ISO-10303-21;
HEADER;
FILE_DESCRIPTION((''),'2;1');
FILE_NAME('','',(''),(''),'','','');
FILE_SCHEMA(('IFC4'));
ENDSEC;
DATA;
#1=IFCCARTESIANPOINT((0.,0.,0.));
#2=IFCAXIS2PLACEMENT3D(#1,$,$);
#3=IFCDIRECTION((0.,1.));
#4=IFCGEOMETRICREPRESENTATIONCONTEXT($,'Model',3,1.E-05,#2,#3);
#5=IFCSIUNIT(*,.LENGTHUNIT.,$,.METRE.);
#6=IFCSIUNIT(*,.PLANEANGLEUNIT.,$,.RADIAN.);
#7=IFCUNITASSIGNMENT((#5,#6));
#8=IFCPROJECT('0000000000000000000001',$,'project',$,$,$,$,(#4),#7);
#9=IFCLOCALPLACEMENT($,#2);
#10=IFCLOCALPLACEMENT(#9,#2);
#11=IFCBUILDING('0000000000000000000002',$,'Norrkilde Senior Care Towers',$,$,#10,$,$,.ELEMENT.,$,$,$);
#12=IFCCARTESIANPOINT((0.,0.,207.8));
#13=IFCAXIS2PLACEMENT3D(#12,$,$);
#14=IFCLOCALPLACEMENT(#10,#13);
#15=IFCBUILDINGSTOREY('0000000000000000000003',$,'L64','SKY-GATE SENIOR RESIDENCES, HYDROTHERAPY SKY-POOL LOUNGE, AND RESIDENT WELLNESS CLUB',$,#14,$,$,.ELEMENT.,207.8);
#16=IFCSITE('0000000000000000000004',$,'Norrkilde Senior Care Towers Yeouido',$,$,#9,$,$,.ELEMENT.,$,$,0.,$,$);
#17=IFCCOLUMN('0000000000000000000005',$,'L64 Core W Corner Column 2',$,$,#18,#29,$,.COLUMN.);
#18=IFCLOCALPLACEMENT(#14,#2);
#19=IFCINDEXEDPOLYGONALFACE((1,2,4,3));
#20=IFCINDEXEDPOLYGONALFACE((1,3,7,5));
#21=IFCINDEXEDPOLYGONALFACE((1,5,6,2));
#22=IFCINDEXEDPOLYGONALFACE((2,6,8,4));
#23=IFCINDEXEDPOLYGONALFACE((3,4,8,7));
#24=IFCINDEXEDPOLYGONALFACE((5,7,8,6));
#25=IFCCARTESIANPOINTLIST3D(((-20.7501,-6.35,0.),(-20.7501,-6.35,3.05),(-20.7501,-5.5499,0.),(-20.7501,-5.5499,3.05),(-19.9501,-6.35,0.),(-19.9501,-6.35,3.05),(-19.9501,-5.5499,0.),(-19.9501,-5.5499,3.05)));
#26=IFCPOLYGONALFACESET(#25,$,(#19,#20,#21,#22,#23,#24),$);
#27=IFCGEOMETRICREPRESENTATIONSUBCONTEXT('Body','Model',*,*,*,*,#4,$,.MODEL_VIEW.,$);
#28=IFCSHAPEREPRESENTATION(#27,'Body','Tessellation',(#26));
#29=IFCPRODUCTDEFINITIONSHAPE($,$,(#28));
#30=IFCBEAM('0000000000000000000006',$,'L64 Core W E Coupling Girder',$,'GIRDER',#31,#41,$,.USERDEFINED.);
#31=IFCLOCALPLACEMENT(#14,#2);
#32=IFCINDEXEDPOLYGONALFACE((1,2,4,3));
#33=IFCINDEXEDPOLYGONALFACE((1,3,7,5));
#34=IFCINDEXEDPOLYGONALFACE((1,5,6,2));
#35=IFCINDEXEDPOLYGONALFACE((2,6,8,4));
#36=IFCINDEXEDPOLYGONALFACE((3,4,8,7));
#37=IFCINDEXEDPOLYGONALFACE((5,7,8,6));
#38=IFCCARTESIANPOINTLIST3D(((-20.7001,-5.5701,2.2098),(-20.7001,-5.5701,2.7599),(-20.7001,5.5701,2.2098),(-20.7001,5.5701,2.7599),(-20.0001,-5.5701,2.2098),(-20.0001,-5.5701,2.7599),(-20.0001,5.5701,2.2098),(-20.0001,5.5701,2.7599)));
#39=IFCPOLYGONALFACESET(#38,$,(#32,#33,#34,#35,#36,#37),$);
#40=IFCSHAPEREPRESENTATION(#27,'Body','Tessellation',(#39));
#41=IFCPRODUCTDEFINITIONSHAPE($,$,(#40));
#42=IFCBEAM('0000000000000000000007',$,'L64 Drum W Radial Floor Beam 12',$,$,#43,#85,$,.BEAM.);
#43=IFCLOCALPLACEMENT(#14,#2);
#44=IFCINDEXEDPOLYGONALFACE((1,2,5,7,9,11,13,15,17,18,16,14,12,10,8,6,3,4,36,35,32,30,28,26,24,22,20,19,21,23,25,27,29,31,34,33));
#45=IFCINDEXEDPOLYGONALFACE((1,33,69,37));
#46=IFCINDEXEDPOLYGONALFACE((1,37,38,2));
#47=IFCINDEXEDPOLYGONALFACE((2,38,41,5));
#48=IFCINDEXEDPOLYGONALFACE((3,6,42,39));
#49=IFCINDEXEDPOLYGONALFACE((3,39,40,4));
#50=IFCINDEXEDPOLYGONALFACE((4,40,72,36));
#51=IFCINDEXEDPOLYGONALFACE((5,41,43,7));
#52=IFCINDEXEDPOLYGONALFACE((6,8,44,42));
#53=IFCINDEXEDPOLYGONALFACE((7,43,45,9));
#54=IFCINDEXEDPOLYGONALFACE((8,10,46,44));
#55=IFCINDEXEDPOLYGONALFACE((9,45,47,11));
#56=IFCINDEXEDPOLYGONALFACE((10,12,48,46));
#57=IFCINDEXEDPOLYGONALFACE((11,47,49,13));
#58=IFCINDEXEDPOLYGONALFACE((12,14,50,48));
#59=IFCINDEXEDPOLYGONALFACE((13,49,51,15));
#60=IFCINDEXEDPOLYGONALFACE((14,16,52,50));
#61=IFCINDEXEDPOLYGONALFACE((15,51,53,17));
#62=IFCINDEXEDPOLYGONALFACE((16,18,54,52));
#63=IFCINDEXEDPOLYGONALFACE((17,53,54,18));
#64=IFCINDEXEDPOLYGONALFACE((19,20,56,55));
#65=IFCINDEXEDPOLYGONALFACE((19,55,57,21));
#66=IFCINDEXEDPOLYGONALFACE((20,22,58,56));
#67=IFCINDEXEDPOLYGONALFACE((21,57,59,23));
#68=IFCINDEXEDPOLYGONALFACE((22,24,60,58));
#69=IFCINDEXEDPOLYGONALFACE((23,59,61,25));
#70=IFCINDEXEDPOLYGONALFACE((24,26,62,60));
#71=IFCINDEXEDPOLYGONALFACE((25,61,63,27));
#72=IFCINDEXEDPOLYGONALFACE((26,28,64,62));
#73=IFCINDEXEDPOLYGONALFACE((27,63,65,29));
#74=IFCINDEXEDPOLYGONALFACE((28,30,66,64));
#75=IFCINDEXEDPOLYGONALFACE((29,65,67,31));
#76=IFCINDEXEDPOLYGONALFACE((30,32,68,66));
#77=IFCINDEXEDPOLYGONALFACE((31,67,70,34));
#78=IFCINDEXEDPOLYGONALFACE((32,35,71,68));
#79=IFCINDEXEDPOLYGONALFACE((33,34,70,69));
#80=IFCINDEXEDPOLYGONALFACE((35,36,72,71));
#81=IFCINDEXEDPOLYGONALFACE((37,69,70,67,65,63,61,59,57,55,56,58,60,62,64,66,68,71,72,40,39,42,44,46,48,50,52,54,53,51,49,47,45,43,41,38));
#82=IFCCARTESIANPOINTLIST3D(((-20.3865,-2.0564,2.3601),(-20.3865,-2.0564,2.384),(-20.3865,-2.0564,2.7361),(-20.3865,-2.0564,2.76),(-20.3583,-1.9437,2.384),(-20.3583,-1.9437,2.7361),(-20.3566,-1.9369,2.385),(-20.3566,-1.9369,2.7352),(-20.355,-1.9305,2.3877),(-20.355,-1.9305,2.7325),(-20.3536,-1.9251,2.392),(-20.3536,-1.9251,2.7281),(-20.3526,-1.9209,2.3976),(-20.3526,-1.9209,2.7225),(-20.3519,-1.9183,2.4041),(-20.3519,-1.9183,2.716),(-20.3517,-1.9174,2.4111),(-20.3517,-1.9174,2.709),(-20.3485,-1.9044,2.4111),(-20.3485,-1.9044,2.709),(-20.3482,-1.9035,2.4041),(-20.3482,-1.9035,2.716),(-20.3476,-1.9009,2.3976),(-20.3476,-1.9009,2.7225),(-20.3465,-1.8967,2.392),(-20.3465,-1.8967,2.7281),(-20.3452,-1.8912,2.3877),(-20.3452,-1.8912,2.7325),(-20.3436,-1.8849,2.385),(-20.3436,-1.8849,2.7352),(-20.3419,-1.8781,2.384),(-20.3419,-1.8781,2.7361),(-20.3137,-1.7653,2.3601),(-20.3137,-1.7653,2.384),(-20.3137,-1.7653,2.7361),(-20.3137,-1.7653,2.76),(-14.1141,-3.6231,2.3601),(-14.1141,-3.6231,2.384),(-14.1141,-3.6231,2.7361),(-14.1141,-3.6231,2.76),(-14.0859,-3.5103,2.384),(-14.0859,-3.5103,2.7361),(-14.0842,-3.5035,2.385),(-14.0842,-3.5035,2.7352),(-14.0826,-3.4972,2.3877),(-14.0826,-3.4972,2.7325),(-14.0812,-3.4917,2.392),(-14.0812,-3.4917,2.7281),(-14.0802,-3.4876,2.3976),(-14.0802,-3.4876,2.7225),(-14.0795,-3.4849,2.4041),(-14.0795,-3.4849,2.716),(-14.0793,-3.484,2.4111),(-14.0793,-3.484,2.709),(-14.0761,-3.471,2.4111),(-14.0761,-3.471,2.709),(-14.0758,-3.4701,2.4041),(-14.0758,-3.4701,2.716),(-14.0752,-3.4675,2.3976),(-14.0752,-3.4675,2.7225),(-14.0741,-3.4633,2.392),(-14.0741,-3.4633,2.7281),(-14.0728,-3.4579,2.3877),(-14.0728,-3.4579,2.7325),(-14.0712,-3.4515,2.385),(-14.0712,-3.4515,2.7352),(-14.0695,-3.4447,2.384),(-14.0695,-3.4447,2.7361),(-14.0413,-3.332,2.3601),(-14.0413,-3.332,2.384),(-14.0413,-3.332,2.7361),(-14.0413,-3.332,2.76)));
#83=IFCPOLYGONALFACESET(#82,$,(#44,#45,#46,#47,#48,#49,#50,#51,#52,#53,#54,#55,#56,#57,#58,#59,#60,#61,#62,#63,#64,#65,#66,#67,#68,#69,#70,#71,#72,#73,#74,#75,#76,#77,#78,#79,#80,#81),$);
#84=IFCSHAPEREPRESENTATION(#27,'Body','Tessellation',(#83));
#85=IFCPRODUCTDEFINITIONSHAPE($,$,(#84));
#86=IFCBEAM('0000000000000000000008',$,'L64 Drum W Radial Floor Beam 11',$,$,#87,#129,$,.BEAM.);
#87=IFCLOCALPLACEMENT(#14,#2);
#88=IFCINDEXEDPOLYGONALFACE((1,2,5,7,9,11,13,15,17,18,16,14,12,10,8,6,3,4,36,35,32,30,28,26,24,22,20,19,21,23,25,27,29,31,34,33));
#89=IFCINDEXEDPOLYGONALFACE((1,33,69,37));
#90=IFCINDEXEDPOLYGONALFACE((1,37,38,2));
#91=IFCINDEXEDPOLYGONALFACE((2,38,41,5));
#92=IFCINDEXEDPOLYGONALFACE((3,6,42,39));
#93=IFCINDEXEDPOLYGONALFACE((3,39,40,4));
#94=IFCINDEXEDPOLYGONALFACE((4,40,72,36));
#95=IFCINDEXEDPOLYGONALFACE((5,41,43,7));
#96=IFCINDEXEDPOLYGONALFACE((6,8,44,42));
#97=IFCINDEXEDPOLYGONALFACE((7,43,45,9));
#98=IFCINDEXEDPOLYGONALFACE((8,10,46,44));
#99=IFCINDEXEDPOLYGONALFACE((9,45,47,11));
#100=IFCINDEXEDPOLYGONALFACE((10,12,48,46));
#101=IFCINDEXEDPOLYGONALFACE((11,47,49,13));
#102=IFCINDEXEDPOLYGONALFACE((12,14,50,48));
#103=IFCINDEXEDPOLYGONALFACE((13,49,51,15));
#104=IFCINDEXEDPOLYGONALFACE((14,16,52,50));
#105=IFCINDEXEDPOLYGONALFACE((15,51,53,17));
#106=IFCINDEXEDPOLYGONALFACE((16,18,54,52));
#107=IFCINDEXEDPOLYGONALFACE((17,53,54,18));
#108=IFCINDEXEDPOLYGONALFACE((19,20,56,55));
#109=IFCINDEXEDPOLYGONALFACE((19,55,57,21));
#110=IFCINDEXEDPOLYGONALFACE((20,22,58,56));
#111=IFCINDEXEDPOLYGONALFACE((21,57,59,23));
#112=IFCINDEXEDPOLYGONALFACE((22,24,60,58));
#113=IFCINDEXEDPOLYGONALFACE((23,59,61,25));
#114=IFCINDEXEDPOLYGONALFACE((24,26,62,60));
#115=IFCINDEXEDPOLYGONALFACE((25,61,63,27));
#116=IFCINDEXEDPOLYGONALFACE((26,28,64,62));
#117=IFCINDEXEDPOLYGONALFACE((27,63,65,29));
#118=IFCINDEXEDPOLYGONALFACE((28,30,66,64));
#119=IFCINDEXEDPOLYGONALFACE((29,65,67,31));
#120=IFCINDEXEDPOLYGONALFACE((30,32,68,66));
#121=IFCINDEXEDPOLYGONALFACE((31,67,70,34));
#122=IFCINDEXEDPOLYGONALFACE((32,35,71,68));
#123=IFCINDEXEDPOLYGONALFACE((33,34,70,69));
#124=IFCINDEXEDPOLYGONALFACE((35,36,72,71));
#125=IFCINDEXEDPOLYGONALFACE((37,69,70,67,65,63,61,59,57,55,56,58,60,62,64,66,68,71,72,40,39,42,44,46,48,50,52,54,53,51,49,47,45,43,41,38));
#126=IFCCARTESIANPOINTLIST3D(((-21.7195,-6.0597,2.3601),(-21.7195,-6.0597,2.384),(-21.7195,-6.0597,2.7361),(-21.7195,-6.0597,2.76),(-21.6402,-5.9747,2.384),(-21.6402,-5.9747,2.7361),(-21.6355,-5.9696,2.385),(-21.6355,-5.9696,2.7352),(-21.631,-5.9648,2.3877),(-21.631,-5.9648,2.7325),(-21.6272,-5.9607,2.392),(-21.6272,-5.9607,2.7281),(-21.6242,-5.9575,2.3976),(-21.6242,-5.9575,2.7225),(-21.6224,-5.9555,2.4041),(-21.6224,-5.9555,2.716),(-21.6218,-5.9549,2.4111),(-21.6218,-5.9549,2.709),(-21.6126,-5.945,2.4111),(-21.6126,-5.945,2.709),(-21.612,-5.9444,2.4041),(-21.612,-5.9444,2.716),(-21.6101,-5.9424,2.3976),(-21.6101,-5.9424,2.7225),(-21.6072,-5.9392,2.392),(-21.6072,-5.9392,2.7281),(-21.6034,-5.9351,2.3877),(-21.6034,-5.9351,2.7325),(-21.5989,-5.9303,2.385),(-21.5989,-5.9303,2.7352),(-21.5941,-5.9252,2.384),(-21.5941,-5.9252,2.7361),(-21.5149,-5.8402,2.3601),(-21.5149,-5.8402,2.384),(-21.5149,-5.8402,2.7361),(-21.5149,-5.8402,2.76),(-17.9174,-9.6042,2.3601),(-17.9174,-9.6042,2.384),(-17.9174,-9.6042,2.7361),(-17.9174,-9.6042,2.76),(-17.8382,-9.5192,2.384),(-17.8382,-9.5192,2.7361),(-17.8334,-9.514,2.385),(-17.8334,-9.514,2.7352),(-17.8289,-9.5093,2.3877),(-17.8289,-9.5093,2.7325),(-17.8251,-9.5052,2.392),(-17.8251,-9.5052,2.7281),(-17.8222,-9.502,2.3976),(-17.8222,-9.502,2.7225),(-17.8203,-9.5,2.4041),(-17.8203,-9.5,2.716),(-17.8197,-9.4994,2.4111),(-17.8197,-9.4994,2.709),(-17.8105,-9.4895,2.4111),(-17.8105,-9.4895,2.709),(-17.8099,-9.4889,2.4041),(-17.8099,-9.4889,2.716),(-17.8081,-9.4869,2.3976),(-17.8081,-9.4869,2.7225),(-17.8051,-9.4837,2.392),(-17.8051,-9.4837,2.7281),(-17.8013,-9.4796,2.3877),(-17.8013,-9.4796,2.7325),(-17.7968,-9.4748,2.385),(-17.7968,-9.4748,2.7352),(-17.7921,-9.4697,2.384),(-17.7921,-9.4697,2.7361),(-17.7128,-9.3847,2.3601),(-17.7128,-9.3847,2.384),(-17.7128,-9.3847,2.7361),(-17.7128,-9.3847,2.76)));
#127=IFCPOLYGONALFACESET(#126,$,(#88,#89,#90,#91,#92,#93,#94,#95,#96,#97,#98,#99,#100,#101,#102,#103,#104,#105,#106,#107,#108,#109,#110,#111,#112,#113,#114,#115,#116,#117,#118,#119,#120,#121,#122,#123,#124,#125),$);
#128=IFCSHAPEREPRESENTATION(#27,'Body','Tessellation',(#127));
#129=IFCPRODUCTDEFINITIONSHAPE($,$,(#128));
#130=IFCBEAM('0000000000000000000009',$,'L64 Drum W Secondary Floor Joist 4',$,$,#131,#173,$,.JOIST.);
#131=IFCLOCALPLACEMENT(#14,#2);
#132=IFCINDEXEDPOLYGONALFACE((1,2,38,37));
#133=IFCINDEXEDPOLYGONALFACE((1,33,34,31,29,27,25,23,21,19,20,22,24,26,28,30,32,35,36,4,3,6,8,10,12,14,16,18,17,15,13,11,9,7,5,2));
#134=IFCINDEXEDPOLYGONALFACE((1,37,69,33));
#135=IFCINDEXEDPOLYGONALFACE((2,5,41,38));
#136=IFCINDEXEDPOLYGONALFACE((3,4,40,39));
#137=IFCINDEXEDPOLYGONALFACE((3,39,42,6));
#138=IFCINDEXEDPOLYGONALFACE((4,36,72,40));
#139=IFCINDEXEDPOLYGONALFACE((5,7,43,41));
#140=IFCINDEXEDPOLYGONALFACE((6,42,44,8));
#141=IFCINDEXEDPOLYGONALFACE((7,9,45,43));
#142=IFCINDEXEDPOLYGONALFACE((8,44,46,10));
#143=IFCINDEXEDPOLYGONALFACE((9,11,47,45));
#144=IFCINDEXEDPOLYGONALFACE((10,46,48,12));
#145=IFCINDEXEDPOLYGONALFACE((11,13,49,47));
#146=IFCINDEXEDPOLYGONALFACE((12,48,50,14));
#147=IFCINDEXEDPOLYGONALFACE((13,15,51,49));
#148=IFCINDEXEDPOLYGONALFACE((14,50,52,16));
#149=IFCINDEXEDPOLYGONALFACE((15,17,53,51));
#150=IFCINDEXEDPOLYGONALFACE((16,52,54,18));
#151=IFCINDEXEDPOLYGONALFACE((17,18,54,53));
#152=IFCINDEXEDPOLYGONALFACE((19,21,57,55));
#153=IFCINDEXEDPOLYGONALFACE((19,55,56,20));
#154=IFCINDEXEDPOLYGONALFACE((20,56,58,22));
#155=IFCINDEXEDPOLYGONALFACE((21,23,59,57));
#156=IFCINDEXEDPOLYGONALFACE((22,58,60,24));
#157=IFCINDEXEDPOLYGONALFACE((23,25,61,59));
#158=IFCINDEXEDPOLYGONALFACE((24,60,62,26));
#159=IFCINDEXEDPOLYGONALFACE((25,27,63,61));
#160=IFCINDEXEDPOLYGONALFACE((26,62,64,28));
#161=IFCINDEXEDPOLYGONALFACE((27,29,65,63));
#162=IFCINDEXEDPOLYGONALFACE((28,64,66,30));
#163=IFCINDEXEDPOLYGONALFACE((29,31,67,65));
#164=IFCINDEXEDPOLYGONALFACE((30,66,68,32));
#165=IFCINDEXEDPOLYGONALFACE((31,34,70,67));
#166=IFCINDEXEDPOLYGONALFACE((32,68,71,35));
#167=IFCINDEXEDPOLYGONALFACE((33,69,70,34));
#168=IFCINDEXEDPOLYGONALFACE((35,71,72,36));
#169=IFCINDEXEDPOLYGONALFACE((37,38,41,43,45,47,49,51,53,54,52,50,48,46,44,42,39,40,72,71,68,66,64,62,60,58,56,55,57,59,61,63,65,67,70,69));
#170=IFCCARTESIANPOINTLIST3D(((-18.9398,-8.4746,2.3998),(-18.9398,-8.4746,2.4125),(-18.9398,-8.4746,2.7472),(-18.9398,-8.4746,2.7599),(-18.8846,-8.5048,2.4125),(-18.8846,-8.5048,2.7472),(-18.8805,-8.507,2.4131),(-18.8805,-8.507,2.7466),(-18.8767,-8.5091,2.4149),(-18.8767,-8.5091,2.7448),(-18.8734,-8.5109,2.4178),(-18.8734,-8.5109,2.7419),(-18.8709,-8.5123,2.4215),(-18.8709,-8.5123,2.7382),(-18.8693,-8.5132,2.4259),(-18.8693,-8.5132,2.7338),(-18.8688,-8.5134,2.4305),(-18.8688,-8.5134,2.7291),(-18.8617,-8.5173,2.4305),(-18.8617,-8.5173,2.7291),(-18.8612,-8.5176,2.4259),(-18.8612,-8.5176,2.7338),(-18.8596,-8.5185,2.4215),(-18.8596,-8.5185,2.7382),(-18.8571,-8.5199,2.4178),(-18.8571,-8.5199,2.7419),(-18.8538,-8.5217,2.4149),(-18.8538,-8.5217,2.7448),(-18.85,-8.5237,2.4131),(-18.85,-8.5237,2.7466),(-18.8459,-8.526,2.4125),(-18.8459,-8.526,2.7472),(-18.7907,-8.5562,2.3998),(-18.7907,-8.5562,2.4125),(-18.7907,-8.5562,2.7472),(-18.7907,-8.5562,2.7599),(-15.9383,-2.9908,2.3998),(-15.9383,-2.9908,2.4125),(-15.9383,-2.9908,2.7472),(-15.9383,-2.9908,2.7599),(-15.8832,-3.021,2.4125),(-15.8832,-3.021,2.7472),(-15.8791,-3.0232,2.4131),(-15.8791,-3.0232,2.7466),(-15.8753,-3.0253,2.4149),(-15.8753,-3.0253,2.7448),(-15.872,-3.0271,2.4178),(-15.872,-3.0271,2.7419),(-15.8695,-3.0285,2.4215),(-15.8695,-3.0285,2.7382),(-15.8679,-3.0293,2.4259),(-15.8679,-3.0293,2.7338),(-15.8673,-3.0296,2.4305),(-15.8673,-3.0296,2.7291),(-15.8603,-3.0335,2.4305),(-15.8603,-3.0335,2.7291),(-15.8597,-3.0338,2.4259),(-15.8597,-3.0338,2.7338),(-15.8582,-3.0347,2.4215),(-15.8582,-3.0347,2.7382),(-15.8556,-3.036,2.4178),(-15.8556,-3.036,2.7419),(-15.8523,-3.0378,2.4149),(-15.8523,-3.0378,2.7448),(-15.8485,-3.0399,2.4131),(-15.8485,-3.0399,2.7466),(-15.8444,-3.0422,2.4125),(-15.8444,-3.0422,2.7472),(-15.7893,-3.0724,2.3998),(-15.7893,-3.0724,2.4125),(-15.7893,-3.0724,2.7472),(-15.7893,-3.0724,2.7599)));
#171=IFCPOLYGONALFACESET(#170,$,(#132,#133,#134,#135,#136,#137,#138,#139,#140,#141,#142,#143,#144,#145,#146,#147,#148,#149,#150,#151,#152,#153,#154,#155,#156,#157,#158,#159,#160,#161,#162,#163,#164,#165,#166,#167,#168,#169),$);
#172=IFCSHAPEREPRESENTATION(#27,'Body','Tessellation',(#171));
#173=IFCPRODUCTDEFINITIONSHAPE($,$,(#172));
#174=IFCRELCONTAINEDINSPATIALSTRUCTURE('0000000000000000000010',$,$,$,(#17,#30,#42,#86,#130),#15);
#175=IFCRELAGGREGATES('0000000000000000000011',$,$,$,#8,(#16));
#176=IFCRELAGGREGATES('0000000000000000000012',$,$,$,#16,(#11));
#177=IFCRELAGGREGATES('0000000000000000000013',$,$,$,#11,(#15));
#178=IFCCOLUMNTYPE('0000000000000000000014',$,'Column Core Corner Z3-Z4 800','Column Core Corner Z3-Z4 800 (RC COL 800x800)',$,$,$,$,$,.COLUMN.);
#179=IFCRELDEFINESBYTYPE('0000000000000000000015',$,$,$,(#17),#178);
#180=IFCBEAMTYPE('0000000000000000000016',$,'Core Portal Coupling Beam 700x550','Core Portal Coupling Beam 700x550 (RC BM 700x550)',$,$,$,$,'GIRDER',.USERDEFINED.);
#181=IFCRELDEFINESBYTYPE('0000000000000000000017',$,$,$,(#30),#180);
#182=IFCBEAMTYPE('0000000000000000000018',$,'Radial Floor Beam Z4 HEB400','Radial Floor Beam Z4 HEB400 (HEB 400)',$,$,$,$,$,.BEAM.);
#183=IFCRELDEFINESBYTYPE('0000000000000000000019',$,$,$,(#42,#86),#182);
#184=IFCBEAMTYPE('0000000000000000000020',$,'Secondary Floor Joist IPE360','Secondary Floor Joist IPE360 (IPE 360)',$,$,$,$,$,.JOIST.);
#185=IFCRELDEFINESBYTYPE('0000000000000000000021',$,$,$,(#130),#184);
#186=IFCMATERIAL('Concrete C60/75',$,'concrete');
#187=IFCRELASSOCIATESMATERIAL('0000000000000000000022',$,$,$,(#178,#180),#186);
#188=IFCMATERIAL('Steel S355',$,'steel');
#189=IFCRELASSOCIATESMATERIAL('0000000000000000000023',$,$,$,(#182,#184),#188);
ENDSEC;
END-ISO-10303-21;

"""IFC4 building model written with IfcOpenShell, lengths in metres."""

from ifc_helpers import new_model, si_unit, direction, frame, origin, origin_2d, place, context, subcontext, project, spatial, rectangle, i_section, extrude, source, transform, mapped, material, material_profile, profile_set, type_object, type_shapes, element, save


model = new_model("IFC4")

# Units and contexts
model_context = context("Model", 3, precision=1e-05, world=origin(), true_north=direction((0.0, 1.0)))
body_context = subcontext(model_context, "Body", "Model", "MODEL_VIEW")
ifc_project = project(units=[si_unit("LENGTHUNIT", "METRE"), si_unit("PLANEANGLEUNIT", "RADIAN")], contexts=[model_context])

# Site, building, storey
site_placement = place(None, origin())
site = spatial("IfcSite", under=ifc_project, at=site_placement, Name="Norrkilde Senior Care Towers Yeouido", CompositionType="ELEMENT", RefElevation=0.0)
building_placement = place(site_placement, origin())
building = spatial("IfcBuilding", under=site, at=building_placement, Name="Norrkilde Senior Care Towers", CompositionType="ELEMENT")
storey_placement = place(building_placement, frame((0.0, 0.0, 207.8)))
storey = spatial("IfcBuildingStorey", under=building, at=storey_placement, Name="L64", Description="SKY-GATE SENIOR RESIDENCES, HYDROTHERAPY SKY-POOL LOUNGE, AND RESIDENT WELLNESS CLUB", CompositionType="ELEMENT", Elevation=207.8)

# Column
ifc_material_1 = material(Name="Concrete C60/75", Category="concrete")
ifc_material_profile_1 = material_profile(ifc_material_1, rectangle(XDim=0.8, YDim=0.8, at=origin_2d()), Name="RC COL 800x800")
ifc_profile_set_1 = profile_set([ifc_material_profile_1], Name="Concrete C60/75")
column_type = type_object("IfcColumnType", Name="Column Core Corner Z3-Z4 800", Description="Column Core Corner Z3-Z4 800 (RC COL 800x800)", PredefinedType="COLUMN", material=ifc_profile_set_1)
shared_shape_1 = source(origin(), body_context, "Body", "SweptSolid", [
    extrude(rectangle(XDim=0.8, YDim=0.8, at=origin_2d()), origin(), (0.0, 0.0, 1.0), 3.05),
])
type_shapes(column_type, [shared_shape_1])
column_placement = place(storey_placement, frame((-20.3501, -5.95, 0.0), z_axis=(0.0, 0.0, 1.0), x_axis=(1.0, 0.0, 0.0)))
element("IfcColumn", 1, at=column_placement, inside=storey, type_object=column_type, Name="L64 Core W Corner Column 2", PredefinedType="COLUMN", context=body_context, shape_type="MappedRepresentation", body=[
    mapped(shared_shape_1, transform((0.0, 0.0, 0.0), x_axis=(1.0, 0.0, 0.0), y_axis=(0.0, 1.0, 0.0), z_axis=(0.0, 0.0, 1.0), scale=1.0)),
])

# Beams
ifc_material_profile_2 = material_profile(ifc_material_1, rectangle(XDim=0.7, YDim=0.55, at=origin_2d()), Name="RC BM 700x550")
ifc_profile_set_2 = profile_set([ifc_material_profile_2], Name="Concrete C60/75")
beam_type_1 = type_object("IfcBeamType", Name="Core Portal Coupling Beam 700x550", Description="Core Portal Coupling Beam 700x550 (RC BM 700x550)", ElementType="GIRDER", PredefinedType="USERDEFINED", material=ifc_profile_set_2)
shared_shape_2 = source(origin(), body_context, "Body", "SweptSolid", [
    extrude(rectangle(XDim=0.7, YDim=0.55, at=origin_2d()), origin(), (0.0, 0.0, 1.0), 11.1401),
])
type_shapes(beam_type_1, [shared_shape_2])
beam_1_placement = place(storey_placement, frame((-20.3501, -5.5701, 2.4849), z_axis=(0.0, 1.0, 0.0), x_axis=(-1.0, 0.0, 0.0)))
element("IfcBeam", 2, at=beam_1_placement, inside=storey, type_object=beam_type_1, Name="L64 Core W E Coupling Girder", ObjectType="GIRDER", PredefinedType="USERDEFINED", context=body_context, shape_type="MappedRepresentation", body=[
    mapped(shared_shape_2, transform((0.0, 0.0, 0.0), x_axis=(1.0, 0.0, 0.0), y_axis=(0.0, 1.0, 0.0), z_axis=(0.0, 0.0, 1.0), scale=1.0)),
])
ifc_material_2 = material(Name="Steel S355", Category="steel")
ifc_material_profile_3 = material_profile(ifc_material_2, i_section(OverallWidth=0.3, OverallDepth=0.3999, WebThickness=0.0134, FlangeThickness=0.0239, FilletRadius=0.0271, at=origin_2d()), Name="HEB 400")
ifc_profile_set_3 = profile_set([ifc_material_profile_3], Name="Steel S355")
beam_type_2 = type_object("IfcBeamType", Name="Radial Floor Beam Z4 HEB400", Description="Radial Floor Beam Z4 HEB400 (HEB 400)", PredefinedType="BEAM", material=ifc_profile_set_3)
shared_shape_3 = source(origin(), body_context, "Body", "SweptSolid", [
    extrude(i_section(OverallWidth=0.3, OverallDepth=0.3999, WebThickness=0.0134, FlangeThickness=0.0239, FilletRadius=0.0271, at=origin_2d()), origin(), (0.0, 0.0, 1.0), 6.4651),
])
beam_2_placement = place(storey_placement, frame((-20.3501, -1.9109, 2.5601), z_axis=(0.970196, -0.242322, 0.0), x_axis=(0.242322, 0.970196, 0.0)))
element("IfcBeam", 3, at=beam_2_placement, inside=storey, type_object=beam_type_2, Name="L64 Drum W Radial Floor Beam 12", PredefinedType="BEAM", context=body_context, shape_type="MappedRepresentation", body=[
    mapped(shared_shape_3, transform((0.0, 0.0, 0.0), x_axis=(1.0, 0.0, 0.0), y_axis=(0.0, 1.0, 0.0), z_axis=(0.0, 0.0, 1.0), scale=1.0)),
])
shared_shape_4 = source(origin(), body_context, "Body", "SweptSolid", [
    extrude(i_section(OverallWidth=0.3, OverallDepth=0.3999, WebThickness=0.0134, FlangeThickness=0.0239, FilletRadius=0.0271, at=origin_2d()), origin(), (0.0, 0.0, 1.0), 5.198),
])
beam_3_placement = place(storey_placement, frame((-21.6172, -5.95, 2.5601), z_axis=(0.731449, -0.681896, 0.0), x_axis=(0.681896, 0.731449, 0.0)))
element("IfcBeam", 4, at=beam_3_placement, inside=storey, type_object=beam_type_2, Name="L64 Drum W Radial Floor Beam 11", PredefinedType="BEAM", context=body_context, shape_type="MappedRepresentation", body=[
    mapped(shared_shape_4, transform((0.0, 0.0, 0.0), x_axis=(1.0, 0.0, 0.0), y_axis=(0.0, 1.0, 0.0), z_axis=(0.0, 0.0, 1.0), scale=1.0)),
])
ifc_material_profile_4 = material_profile(ifc_material_2, i_section(OverallWidth=0.1699, OverallDepth=0.3601, WebThickness=0.0081, FlangeThickness=0.0127, FilletRadius=0.0181, at=origin_2d()), Name="IPE 360")
ifc_profile_set_4 = profile_set([ifc_material_profile_4], Name="Steel S355")
beam_type_3 = type_object("IfcBeamType", Name="Secondary Floor Joist IPE360", Description="Secondary Floor Joist IPE360 (IPE 360)", PredefinedType="JOIST", material=ifc_profile_set_4)
shared_shape_5 = source(origin(), body_context, "Body", "SweptSolid", [
    extrude(i_section(OverallWidth=0.1699, OverallDepth=0.3601, WebThickness=0.0081, FlangeThickness=0.0127, FilletRadius=0.0181, at=origin_2d()), origin(), (0.0, 0.0, 1.0), 6.2515),
])
type_shapes(beam_type_3, [shared_shape_5])
beam_4_placement = place(storey_placement, frame((-18.8652, -8.5154, 2.5798), z_axis=(0.480116, 0.877205, 0.0), x_axis=(-0.877205, 0.480116, 0.0)))
element("IfcBeam", 5, at=beam_4_placement, inside=storey, type_object=beam_type_3, Name="L64 Drum W Secondary Floor Joist 4", PredefinedType="JOIST", context=body_context, shape_type="MappedRepresentation", body=[
    mapped(shared_shape_5, transform((0.0, 0.0, 0.0), x_axis=(1.0, 0.0, 0.0), y_axis=(0.0, 1.0, 0.0), z_axis=(0.0, 0.0, 1.0), scale=1.0)),
])

save(model, "model.ifc")
